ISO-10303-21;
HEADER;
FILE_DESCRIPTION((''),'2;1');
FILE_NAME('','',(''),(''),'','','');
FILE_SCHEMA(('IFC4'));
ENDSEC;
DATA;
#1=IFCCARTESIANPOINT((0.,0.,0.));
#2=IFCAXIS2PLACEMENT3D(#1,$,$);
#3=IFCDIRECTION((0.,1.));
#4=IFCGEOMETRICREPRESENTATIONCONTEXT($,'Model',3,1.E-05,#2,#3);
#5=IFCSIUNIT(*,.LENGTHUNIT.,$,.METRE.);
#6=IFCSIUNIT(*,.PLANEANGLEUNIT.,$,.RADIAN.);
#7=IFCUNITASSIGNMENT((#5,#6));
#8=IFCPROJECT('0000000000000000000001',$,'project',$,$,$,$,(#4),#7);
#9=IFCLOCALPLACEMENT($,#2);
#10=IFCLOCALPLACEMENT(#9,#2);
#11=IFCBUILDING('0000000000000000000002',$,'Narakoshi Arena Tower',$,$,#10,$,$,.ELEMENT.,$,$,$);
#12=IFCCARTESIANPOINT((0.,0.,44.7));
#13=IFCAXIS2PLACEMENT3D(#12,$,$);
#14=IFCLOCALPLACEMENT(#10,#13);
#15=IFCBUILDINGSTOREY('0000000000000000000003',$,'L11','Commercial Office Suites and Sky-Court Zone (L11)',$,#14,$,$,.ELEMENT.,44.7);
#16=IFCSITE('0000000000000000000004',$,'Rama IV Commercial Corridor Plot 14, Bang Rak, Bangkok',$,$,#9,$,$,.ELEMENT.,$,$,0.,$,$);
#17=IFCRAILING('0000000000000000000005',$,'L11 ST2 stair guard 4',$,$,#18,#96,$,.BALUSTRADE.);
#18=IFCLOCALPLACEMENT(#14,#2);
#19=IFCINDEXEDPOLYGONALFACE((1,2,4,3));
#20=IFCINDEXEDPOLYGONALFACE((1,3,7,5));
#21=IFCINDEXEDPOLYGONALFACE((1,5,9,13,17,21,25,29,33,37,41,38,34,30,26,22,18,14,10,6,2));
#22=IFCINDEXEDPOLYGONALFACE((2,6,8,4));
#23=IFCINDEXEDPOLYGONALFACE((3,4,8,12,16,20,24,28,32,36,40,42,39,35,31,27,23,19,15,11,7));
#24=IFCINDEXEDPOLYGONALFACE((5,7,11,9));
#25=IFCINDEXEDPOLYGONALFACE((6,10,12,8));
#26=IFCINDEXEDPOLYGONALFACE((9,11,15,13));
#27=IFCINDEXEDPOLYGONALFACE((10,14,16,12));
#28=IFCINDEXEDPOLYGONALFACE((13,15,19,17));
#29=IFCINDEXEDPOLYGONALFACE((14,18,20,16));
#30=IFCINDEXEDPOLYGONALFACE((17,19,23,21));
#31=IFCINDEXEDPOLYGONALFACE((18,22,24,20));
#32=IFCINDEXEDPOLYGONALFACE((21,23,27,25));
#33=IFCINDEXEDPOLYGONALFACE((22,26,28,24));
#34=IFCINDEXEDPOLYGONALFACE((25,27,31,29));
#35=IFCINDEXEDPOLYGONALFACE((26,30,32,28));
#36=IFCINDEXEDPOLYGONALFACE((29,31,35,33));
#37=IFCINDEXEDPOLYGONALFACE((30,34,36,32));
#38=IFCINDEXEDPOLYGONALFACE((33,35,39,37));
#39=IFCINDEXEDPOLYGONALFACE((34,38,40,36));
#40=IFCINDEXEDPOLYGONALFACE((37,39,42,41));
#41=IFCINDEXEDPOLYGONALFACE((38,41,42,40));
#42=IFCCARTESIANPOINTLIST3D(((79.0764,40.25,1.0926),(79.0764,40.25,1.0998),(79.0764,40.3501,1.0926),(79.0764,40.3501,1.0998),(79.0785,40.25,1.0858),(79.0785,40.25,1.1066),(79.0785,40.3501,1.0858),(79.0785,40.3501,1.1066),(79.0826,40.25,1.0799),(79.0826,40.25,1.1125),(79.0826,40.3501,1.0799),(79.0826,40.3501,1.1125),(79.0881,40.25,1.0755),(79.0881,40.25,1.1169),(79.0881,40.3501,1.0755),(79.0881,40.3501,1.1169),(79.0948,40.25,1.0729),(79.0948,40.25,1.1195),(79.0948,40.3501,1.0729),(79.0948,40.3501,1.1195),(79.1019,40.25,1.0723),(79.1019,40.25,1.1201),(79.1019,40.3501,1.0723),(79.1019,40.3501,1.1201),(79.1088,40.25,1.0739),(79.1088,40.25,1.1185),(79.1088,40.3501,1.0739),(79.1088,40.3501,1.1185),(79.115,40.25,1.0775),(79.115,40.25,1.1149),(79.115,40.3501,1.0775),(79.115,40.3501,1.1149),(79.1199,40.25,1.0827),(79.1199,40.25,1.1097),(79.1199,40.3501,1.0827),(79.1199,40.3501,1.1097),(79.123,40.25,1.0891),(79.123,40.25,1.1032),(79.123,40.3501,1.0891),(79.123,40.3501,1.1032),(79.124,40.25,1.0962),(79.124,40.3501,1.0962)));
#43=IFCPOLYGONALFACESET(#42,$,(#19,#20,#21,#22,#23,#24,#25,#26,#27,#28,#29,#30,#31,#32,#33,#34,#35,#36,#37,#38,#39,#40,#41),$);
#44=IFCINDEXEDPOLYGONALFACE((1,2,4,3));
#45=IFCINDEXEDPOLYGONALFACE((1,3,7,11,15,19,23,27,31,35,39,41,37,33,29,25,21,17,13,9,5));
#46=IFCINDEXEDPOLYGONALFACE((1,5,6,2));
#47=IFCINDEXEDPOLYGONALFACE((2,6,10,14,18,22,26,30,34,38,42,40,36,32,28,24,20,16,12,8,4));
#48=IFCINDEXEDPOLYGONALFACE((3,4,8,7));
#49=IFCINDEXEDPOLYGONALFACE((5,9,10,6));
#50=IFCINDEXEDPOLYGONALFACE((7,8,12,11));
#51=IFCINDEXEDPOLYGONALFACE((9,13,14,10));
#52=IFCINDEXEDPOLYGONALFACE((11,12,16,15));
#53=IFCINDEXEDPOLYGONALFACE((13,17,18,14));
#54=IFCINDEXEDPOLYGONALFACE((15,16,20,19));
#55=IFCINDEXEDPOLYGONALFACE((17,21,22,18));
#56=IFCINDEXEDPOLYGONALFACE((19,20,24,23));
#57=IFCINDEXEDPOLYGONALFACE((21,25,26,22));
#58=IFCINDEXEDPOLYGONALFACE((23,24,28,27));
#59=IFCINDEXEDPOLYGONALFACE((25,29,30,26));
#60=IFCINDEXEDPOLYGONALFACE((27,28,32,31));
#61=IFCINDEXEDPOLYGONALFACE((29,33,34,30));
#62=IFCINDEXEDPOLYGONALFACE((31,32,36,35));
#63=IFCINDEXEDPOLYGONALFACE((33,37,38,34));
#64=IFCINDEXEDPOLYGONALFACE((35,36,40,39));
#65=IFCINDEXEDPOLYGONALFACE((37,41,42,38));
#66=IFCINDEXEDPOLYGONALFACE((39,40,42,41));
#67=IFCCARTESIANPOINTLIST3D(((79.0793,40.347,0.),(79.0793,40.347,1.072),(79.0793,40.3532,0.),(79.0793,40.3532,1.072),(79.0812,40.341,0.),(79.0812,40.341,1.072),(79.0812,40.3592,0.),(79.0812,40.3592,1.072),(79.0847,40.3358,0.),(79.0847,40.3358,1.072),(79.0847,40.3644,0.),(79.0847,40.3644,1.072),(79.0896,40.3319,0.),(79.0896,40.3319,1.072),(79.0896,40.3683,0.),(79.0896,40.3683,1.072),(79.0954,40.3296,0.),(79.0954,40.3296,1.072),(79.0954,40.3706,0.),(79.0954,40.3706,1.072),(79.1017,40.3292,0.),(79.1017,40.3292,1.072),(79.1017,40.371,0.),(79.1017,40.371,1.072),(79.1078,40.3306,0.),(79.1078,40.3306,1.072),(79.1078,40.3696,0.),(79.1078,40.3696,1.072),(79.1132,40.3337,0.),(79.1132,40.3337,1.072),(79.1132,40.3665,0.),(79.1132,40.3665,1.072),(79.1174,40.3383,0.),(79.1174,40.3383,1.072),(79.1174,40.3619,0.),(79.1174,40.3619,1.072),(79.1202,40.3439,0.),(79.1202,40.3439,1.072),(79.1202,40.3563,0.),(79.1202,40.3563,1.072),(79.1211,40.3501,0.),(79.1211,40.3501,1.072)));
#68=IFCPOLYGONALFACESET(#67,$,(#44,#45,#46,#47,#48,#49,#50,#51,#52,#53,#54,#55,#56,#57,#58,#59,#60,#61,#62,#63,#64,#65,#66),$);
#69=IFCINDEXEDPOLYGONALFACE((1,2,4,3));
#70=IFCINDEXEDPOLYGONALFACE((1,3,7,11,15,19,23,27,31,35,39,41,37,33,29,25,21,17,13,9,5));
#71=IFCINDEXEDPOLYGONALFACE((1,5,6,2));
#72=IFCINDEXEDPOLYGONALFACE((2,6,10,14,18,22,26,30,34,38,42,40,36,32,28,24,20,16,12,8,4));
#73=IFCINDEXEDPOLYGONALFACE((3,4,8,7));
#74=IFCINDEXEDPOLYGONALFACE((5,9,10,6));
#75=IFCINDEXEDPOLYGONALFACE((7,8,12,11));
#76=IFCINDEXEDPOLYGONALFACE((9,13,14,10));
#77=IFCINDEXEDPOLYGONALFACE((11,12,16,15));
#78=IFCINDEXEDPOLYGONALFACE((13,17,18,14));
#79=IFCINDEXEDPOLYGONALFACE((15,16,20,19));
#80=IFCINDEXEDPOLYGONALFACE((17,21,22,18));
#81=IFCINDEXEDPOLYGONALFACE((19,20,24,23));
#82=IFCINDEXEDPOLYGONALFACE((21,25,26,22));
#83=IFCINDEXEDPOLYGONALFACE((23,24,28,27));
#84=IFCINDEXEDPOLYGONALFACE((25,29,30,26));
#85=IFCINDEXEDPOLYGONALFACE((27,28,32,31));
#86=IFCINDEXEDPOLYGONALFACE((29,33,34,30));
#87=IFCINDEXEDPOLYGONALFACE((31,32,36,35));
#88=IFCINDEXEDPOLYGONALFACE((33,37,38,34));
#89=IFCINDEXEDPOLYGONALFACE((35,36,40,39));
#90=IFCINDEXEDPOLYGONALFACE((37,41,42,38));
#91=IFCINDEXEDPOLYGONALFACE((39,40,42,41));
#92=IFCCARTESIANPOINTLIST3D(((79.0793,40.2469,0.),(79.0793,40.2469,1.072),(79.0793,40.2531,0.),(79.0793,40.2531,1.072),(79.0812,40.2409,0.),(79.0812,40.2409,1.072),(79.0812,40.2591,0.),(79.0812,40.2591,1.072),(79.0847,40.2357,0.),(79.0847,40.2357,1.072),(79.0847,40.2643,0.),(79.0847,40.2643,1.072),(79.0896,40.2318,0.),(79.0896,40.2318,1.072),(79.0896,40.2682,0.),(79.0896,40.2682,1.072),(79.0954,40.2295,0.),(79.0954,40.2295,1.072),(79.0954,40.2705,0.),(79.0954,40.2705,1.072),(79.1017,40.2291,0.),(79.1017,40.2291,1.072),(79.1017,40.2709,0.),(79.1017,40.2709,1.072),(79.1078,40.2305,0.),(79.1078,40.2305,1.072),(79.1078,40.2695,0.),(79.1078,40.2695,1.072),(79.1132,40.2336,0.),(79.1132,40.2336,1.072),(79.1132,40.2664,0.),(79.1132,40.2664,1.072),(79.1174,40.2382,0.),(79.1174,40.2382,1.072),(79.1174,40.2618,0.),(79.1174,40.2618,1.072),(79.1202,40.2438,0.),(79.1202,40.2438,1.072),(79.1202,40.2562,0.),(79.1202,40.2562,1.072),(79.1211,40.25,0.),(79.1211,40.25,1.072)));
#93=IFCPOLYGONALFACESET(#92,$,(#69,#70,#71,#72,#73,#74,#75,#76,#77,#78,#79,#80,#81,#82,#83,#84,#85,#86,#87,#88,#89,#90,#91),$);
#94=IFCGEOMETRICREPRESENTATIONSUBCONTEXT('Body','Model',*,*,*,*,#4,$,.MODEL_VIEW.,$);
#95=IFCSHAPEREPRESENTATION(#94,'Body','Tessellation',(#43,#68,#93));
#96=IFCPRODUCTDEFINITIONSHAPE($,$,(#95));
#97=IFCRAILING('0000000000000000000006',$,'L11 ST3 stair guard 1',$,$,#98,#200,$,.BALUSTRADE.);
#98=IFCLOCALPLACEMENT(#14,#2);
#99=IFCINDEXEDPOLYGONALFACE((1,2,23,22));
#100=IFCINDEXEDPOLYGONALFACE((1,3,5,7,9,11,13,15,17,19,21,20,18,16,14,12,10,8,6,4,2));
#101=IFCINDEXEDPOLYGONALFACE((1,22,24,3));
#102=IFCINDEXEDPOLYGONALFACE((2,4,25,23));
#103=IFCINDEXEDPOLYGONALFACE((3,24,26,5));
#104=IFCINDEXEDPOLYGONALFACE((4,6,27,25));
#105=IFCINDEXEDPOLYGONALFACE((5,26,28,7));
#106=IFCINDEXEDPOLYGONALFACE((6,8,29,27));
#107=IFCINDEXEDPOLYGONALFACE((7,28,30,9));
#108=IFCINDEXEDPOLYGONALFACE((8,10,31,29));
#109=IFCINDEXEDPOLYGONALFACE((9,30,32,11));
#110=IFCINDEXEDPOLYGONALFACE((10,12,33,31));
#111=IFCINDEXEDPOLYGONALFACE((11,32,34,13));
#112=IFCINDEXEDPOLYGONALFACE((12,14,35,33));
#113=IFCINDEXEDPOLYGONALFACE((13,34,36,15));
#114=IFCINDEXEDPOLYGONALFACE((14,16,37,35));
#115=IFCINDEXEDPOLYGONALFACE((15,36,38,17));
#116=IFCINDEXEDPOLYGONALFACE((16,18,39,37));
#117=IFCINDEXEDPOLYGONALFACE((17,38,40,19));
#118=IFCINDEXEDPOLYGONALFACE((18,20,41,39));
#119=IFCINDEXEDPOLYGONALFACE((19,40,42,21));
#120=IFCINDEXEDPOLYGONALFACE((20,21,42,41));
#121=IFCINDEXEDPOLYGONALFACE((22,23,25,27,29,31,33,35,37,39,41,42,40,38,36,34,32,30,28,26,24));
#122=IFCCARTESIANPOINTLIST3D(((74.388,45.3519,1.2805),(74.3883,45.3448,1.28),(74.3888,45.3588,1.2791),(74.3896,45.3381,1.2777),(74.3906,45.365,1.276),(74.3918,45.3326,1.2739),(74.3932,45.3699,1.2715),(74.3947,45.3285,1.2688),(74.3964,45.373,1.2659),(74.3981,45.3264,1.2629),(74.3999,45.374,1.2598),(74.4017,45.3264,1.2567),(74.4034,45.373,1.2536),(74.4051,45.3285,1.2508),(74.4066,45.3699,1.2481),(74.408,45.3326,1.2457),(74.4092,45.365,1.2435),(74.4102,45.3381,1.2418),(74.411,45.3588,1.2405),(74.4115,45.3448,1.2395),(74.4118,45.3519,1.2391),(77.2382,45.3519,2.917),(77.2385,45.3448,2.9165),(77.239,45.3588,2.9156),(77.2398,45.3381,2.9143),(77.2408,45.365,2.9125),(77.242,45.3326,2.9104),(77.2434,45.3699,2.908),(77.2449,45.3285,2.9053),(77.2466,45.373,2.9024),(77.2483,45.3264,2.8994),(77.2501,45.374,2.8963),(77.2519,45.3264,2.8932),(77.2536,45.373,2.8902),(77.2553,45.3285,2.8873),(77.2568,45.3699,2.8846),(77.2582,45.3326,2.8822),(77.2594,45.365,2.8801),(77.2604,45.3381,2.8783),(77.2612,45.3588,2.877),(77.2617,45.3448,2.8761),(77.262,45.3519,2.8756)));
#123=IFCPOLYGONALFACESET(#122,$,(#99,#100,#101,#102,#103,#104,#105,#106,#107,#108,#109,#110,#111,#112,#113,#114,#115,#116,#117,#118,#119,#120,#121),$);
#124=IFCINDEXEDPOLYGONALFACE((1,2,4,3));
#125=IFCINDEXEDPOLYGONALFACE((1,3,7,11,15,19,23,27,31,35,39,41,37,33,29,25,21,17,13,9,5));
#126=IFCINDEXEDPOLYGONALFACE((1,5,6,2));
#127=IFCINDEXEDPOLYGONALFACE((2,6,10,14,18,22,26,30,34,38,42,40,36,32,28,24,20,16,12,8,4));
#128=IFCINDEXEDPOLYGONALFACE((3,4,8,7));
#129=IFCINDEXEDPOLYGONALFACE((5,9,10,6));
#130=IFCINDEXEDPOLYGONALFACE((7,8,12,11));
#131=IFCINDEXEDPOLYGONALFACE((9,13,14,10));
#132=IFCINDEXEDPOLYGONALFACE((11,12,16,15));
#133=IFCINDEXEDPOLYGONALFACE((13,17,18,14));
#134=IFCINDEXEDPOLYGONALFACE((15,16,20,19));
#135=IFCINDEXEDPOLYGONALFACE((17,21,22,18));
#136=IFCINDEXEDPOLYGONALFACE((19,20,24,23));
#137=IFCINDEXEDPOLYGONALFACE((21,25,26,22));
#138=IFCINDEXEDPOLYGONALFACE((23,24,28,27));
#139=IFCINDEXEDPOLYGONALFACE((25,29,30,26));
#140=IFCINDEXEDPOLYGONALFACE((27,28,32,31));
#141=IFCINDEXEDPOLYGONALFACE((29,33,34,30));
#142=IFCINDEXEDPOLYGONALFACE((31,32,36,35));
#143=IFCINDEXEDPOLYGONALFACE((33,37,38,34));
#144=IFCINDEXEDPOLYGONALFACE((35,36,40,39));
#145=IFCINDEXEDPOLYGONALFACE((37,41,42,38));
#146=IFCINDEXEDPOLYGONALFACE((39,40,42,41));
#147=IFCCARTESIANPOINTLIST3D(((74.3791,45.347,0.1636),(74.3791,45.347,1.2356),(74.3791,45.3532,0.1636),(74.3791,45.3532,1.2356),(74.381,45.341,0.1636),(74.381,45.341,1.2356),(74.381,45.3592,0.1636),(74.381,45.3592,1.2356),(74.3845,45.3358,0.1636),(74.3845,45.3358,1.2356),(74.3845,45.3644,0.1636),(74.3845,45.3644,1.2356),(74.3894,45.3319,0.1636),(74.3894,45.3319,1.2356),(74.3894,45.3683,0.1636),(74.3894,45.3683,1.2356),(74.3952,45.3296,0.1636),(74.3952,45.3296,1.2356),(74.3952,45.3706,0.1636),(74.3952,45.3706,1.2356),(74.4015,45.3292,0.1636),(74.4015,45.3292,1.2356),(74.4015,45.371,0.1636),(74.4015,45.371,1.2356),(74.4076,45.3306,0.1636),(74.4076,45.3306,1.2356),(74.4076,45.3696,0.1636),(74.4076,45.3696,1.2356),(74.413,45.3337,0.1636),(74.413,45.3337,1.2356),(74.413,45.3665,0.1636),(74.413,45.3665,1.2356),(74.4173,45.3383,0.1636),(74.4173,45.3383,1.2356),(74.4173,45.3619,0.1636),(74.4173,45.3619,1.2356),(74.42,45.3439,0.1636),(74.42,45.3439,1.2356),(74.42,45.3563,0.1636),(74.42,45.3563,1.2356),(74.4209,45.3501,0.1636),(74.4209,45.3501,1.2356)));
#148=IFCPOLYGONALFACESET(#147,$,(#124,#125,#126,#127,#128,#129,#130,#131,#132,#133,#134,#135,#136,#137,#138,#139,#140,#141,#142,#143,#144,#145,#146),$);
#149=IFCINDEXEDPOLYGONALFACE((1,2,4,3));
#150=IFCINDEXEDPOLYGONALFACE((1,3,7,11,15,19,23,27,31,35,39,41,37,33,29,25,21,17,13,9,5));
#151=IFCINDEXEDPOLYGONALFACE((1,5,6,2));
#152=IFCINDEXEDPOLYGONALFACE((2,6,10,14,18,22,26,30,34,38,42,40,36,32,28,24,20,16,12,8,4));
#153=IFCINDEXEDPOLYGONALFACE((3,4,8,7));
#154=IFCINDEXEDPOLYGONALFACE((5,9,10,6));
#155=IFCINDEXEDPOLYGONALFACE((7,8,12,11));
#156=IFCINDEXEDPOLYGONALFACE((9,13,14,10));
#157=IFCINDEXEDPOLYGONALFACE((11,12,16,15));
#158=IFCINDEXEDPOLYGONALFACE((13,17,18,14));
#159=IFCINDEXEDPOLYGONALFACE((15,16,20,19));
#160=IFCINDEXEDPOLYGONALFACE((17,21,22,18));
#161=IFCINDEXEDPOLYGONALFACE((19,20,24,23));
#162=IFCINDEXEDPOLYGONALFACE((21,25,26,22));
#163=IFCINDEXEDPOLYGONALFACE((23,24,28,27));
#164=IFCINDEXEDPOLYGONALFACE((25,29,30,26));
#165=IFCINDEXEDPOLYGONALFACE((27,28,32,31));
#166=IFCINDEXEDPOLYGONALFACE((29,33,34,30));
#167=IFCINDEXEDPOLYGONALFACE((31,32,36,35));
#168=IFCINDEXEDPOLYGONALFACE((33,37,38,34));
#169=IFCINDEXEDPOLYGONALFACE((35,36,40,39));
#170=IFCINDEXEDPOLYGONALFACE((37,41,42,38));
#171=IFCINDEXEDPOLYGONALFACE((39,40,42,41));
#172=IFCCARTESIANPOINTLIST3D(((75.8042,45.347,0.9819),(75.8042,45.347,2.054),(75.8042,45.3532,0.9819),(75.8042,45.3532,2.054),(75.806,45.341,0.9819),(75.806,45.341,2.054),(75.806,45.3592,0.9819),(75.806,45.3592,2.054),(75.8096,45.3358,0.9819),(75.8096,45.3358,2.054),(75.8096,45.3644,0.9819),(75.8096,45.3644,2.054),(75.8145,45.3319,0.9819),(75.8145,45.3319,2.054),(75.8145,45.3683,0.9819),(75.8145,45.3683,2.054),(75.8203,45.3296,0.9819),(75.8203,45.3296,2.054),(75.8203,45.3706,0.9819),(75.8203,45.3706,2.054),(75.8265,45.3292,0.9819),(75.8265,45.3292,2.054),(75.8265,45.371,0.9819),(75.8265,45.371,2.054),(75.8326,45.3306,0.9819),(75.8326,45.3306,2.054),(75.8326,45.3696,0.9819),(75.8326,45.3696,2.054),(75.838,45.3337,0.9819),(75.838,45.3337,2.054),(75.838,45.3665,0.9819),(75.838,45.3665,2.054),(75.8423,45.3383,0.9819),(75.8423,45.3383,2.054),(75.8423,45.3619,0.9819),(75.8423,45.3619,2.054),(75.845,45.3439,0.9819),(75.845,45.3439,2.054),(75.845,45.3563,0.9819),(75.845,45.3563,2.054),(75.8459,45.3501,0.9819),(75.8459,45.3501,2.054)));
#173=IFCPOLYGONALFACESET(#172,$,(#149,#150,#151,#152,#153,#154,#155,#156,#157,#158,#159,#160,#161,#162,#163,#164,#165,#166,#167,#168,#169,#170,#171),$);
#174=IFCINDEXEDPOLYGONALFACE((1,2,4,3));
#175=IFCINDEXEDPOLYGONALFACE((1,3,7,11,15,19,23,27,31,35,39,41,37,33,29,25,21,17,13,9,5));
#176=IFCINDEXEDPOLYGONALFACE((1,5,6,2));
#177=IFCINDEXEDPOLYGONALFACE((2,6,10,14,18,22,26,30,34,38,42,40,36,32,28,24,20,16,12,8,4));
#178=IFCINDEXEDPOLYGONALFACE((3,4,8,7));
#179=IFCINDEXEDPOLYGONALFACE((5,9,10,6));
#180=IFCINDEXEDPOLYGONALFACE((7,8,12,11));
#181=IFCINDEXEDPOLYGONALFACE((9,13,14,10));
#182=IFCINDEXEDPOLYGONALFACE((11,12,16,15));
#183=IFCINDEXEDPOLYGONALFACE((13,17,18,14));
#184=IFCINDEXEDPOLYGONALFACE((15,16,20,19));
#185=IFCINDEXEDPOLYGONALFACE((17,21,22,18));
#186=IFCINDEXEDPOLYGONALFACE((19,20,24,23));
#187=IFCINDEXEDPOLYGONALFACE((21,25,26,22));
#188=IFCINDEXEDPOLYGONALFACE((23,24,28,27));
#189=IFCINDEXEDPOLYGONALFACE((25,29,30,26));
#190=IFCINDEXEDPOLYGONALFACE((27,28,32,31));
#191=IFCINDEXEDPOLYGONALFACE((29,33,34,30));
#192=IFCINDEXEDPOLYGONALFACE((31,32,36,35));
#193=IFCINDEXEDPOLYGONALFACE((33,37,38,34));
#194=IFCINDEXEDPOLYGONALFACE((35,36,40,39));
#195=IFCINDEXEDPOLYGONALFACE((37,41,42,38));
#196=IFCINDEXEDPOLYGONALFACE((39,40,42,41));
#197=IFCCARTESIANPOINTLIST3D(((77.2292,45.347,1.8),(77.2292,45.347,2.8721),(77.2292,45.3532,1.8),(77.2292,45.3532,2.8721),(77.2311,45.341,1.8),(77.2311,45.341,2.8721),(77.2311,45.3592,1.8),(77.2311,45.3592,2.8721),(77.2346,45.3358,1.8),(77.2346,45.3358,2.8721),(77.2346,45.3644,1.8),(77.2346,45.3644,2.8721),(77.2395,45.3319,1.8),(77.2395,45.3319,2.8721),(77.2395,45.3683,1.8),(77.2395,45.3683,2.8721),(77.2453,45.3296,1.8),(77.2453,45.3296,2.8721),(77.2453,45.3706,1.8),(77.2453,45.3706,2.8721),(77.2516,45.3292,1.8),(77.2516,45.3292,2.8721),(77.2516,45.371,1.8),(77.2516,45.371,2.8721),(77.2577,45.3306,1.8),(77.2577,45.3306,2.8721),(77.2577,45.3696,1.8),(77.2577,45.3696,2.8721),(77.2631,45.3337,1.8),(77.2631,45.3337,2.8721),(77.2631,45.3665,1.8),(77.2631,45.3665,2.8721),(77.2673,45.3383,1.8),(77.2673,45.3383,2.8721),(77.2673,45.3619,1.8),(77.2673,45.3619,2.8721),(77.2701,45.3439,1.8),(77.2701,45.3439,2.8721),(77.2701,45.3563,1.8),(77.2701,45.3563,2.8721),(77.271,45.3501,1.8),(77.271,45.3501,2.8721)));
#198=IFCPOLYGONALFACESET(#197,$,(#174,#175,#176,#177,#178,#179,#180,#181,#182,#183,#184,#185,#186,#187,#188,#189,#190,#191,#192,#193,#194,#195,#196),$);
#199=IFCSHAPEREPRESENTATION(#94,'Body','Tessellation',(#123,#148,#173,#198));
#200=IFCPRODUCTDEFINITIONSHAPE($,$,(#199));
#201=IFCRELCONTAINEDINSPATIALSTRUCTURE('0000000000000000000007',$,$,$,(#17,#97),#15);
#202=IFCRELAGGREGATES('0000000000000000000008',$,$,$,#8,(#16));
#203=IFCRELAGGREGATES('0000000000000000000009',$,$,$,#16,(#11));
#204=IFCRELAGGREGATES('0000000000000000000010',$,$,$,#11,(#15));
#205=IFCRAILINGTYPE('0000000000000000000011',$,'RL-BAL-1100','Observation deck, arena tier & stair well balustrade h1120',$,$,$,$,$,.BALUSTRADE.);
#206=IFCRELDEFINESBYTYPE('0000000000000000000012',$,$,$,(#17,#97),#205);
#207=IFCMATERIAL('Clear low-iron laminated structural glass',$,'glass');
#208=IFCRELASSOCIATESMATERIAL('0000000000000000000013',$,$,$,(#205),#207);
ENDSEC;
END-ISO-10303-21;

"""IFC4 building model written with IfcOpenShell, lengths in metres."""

from ifc_helpers import new_model, si_unit, direction, frame, origin, origin_2d, place, context, subcontext, project, spatial, circle, extrude, material, type_object, element, save


model = new_model("IFC4")

# Units and contexts
model_context = context("Model", 3, precision=1e-05, world=origin(), true_north=direction((0.0, 1.0)))
body_context = subcontext(model_context, "Body", "Model", "MODEL_VIEW")
ifc_project = project(units=[si_unit("LENGTHUNIT", "METRE"), si_unit("PLANEANGLEUNIT", "RADIAN")], contexts=[model_context])

# Site, building, storey
site_placement = place(None, origin())
site = spatial("IfcSite", under=ifc_project, at=site_placement, Name="Rama IV Commercial Corridor Plot 14, Bang Rak, Bangkok", CompositionType="ELEMENT", RefElevation=0.0)
building_placement = place(site_placement, origin())
building = spatial("IfcBuilding", under=site, at=building_placement, Name="Narakoshi Arena Tower", CompositionType="ELEMENT")
storey_placement = place(building_placement, frame((0.0, 0.0, 44.7)))
storey = spatial("IfcBuildingStorey", under=building, at=storey_placement, Name="L11", Description="Commercial Office Suites and Sky-Court Zone (L11)", CompositionType="ELEMENT", Elevation=44.7)

# Railings
ifc_material_1 = material(Name="Clear low-iron laminated structural glass", Category="glass")
railing_type_1 = type_object("IfcRailingType", Name="RL-BAL-1100", Description="Observation deck, arena tier & stair well balustrade h1120", PredefinedType="BALUSTRADE", material=ifc_material_1)
railing_1_placement = place(storey_placement, frame((79.1001, 40.3501, 0.0)))
element("IfcRailing", 1, at=railing_1_placement, inside=storey, type_object=railing_type_1, Name="L11 ST2 stair guard 4", PredefinedType="BALUSTRADE", context=body_context, shape_type="SweptSolid", body=[
    extrude(circle(Radius=0.0239, at=origin_2d()), frame((0.0, 0.0, 1.0962), z_axis=(0.0, -1.0, 0.0), x_axis=(1.0, 0.0, 0.0)), (0.0, 0.0, 1.0), 0.1001),
    extrude(circle(Radius=0.021, at=origin_2d()), origin(), (0.0, 0.0, 1.0), 1.072),
    extrude(circle(Radius=0.021, at=origin_2d()), frame((0.0, -0.1001, 0.0)), (0.0, 0.0, 1.0), 1.072),
])
railing_2_placement = place(storey_placement, frame((74.3999, 45.3501, 0.1636)))
element("IfcRailing", 2, at=railing_2_placement, inside=storey, type_object=railing_type_1, Name="L11 ST3 stair guard 1", PredefinedType="BALUSTRADE", context=body_context, shape_type="SweptSolid", body=[
    extrude(circle(Radius=0.0239, at=origin_2d()), frame((0.0, 0.0, 1.0962), z_axis=(0.867213, 0.0, 0.497938), x_axis=(0.0, 1.0, 0.0)), (0.0, 0.0, 1.0), 3.2866),
    extrude(circle(Radius=0.021, at=origin_2d()), origin(), (0.0, 0.0, 1.0), 1.072),
    extrude(circle(Radius=0.021, at=origin_2d()), frame((1.425, 0.0, 0.8184)), (0.0, 0.0, 1.0), 1.072),
    extrude(circle(Radius=0.021, at=origin_2d()), frame((2.8501, 0.0, 1.6365)), (0.0, 0.0, 1.0), 1.072),
])

save(model, "model.ifc")
